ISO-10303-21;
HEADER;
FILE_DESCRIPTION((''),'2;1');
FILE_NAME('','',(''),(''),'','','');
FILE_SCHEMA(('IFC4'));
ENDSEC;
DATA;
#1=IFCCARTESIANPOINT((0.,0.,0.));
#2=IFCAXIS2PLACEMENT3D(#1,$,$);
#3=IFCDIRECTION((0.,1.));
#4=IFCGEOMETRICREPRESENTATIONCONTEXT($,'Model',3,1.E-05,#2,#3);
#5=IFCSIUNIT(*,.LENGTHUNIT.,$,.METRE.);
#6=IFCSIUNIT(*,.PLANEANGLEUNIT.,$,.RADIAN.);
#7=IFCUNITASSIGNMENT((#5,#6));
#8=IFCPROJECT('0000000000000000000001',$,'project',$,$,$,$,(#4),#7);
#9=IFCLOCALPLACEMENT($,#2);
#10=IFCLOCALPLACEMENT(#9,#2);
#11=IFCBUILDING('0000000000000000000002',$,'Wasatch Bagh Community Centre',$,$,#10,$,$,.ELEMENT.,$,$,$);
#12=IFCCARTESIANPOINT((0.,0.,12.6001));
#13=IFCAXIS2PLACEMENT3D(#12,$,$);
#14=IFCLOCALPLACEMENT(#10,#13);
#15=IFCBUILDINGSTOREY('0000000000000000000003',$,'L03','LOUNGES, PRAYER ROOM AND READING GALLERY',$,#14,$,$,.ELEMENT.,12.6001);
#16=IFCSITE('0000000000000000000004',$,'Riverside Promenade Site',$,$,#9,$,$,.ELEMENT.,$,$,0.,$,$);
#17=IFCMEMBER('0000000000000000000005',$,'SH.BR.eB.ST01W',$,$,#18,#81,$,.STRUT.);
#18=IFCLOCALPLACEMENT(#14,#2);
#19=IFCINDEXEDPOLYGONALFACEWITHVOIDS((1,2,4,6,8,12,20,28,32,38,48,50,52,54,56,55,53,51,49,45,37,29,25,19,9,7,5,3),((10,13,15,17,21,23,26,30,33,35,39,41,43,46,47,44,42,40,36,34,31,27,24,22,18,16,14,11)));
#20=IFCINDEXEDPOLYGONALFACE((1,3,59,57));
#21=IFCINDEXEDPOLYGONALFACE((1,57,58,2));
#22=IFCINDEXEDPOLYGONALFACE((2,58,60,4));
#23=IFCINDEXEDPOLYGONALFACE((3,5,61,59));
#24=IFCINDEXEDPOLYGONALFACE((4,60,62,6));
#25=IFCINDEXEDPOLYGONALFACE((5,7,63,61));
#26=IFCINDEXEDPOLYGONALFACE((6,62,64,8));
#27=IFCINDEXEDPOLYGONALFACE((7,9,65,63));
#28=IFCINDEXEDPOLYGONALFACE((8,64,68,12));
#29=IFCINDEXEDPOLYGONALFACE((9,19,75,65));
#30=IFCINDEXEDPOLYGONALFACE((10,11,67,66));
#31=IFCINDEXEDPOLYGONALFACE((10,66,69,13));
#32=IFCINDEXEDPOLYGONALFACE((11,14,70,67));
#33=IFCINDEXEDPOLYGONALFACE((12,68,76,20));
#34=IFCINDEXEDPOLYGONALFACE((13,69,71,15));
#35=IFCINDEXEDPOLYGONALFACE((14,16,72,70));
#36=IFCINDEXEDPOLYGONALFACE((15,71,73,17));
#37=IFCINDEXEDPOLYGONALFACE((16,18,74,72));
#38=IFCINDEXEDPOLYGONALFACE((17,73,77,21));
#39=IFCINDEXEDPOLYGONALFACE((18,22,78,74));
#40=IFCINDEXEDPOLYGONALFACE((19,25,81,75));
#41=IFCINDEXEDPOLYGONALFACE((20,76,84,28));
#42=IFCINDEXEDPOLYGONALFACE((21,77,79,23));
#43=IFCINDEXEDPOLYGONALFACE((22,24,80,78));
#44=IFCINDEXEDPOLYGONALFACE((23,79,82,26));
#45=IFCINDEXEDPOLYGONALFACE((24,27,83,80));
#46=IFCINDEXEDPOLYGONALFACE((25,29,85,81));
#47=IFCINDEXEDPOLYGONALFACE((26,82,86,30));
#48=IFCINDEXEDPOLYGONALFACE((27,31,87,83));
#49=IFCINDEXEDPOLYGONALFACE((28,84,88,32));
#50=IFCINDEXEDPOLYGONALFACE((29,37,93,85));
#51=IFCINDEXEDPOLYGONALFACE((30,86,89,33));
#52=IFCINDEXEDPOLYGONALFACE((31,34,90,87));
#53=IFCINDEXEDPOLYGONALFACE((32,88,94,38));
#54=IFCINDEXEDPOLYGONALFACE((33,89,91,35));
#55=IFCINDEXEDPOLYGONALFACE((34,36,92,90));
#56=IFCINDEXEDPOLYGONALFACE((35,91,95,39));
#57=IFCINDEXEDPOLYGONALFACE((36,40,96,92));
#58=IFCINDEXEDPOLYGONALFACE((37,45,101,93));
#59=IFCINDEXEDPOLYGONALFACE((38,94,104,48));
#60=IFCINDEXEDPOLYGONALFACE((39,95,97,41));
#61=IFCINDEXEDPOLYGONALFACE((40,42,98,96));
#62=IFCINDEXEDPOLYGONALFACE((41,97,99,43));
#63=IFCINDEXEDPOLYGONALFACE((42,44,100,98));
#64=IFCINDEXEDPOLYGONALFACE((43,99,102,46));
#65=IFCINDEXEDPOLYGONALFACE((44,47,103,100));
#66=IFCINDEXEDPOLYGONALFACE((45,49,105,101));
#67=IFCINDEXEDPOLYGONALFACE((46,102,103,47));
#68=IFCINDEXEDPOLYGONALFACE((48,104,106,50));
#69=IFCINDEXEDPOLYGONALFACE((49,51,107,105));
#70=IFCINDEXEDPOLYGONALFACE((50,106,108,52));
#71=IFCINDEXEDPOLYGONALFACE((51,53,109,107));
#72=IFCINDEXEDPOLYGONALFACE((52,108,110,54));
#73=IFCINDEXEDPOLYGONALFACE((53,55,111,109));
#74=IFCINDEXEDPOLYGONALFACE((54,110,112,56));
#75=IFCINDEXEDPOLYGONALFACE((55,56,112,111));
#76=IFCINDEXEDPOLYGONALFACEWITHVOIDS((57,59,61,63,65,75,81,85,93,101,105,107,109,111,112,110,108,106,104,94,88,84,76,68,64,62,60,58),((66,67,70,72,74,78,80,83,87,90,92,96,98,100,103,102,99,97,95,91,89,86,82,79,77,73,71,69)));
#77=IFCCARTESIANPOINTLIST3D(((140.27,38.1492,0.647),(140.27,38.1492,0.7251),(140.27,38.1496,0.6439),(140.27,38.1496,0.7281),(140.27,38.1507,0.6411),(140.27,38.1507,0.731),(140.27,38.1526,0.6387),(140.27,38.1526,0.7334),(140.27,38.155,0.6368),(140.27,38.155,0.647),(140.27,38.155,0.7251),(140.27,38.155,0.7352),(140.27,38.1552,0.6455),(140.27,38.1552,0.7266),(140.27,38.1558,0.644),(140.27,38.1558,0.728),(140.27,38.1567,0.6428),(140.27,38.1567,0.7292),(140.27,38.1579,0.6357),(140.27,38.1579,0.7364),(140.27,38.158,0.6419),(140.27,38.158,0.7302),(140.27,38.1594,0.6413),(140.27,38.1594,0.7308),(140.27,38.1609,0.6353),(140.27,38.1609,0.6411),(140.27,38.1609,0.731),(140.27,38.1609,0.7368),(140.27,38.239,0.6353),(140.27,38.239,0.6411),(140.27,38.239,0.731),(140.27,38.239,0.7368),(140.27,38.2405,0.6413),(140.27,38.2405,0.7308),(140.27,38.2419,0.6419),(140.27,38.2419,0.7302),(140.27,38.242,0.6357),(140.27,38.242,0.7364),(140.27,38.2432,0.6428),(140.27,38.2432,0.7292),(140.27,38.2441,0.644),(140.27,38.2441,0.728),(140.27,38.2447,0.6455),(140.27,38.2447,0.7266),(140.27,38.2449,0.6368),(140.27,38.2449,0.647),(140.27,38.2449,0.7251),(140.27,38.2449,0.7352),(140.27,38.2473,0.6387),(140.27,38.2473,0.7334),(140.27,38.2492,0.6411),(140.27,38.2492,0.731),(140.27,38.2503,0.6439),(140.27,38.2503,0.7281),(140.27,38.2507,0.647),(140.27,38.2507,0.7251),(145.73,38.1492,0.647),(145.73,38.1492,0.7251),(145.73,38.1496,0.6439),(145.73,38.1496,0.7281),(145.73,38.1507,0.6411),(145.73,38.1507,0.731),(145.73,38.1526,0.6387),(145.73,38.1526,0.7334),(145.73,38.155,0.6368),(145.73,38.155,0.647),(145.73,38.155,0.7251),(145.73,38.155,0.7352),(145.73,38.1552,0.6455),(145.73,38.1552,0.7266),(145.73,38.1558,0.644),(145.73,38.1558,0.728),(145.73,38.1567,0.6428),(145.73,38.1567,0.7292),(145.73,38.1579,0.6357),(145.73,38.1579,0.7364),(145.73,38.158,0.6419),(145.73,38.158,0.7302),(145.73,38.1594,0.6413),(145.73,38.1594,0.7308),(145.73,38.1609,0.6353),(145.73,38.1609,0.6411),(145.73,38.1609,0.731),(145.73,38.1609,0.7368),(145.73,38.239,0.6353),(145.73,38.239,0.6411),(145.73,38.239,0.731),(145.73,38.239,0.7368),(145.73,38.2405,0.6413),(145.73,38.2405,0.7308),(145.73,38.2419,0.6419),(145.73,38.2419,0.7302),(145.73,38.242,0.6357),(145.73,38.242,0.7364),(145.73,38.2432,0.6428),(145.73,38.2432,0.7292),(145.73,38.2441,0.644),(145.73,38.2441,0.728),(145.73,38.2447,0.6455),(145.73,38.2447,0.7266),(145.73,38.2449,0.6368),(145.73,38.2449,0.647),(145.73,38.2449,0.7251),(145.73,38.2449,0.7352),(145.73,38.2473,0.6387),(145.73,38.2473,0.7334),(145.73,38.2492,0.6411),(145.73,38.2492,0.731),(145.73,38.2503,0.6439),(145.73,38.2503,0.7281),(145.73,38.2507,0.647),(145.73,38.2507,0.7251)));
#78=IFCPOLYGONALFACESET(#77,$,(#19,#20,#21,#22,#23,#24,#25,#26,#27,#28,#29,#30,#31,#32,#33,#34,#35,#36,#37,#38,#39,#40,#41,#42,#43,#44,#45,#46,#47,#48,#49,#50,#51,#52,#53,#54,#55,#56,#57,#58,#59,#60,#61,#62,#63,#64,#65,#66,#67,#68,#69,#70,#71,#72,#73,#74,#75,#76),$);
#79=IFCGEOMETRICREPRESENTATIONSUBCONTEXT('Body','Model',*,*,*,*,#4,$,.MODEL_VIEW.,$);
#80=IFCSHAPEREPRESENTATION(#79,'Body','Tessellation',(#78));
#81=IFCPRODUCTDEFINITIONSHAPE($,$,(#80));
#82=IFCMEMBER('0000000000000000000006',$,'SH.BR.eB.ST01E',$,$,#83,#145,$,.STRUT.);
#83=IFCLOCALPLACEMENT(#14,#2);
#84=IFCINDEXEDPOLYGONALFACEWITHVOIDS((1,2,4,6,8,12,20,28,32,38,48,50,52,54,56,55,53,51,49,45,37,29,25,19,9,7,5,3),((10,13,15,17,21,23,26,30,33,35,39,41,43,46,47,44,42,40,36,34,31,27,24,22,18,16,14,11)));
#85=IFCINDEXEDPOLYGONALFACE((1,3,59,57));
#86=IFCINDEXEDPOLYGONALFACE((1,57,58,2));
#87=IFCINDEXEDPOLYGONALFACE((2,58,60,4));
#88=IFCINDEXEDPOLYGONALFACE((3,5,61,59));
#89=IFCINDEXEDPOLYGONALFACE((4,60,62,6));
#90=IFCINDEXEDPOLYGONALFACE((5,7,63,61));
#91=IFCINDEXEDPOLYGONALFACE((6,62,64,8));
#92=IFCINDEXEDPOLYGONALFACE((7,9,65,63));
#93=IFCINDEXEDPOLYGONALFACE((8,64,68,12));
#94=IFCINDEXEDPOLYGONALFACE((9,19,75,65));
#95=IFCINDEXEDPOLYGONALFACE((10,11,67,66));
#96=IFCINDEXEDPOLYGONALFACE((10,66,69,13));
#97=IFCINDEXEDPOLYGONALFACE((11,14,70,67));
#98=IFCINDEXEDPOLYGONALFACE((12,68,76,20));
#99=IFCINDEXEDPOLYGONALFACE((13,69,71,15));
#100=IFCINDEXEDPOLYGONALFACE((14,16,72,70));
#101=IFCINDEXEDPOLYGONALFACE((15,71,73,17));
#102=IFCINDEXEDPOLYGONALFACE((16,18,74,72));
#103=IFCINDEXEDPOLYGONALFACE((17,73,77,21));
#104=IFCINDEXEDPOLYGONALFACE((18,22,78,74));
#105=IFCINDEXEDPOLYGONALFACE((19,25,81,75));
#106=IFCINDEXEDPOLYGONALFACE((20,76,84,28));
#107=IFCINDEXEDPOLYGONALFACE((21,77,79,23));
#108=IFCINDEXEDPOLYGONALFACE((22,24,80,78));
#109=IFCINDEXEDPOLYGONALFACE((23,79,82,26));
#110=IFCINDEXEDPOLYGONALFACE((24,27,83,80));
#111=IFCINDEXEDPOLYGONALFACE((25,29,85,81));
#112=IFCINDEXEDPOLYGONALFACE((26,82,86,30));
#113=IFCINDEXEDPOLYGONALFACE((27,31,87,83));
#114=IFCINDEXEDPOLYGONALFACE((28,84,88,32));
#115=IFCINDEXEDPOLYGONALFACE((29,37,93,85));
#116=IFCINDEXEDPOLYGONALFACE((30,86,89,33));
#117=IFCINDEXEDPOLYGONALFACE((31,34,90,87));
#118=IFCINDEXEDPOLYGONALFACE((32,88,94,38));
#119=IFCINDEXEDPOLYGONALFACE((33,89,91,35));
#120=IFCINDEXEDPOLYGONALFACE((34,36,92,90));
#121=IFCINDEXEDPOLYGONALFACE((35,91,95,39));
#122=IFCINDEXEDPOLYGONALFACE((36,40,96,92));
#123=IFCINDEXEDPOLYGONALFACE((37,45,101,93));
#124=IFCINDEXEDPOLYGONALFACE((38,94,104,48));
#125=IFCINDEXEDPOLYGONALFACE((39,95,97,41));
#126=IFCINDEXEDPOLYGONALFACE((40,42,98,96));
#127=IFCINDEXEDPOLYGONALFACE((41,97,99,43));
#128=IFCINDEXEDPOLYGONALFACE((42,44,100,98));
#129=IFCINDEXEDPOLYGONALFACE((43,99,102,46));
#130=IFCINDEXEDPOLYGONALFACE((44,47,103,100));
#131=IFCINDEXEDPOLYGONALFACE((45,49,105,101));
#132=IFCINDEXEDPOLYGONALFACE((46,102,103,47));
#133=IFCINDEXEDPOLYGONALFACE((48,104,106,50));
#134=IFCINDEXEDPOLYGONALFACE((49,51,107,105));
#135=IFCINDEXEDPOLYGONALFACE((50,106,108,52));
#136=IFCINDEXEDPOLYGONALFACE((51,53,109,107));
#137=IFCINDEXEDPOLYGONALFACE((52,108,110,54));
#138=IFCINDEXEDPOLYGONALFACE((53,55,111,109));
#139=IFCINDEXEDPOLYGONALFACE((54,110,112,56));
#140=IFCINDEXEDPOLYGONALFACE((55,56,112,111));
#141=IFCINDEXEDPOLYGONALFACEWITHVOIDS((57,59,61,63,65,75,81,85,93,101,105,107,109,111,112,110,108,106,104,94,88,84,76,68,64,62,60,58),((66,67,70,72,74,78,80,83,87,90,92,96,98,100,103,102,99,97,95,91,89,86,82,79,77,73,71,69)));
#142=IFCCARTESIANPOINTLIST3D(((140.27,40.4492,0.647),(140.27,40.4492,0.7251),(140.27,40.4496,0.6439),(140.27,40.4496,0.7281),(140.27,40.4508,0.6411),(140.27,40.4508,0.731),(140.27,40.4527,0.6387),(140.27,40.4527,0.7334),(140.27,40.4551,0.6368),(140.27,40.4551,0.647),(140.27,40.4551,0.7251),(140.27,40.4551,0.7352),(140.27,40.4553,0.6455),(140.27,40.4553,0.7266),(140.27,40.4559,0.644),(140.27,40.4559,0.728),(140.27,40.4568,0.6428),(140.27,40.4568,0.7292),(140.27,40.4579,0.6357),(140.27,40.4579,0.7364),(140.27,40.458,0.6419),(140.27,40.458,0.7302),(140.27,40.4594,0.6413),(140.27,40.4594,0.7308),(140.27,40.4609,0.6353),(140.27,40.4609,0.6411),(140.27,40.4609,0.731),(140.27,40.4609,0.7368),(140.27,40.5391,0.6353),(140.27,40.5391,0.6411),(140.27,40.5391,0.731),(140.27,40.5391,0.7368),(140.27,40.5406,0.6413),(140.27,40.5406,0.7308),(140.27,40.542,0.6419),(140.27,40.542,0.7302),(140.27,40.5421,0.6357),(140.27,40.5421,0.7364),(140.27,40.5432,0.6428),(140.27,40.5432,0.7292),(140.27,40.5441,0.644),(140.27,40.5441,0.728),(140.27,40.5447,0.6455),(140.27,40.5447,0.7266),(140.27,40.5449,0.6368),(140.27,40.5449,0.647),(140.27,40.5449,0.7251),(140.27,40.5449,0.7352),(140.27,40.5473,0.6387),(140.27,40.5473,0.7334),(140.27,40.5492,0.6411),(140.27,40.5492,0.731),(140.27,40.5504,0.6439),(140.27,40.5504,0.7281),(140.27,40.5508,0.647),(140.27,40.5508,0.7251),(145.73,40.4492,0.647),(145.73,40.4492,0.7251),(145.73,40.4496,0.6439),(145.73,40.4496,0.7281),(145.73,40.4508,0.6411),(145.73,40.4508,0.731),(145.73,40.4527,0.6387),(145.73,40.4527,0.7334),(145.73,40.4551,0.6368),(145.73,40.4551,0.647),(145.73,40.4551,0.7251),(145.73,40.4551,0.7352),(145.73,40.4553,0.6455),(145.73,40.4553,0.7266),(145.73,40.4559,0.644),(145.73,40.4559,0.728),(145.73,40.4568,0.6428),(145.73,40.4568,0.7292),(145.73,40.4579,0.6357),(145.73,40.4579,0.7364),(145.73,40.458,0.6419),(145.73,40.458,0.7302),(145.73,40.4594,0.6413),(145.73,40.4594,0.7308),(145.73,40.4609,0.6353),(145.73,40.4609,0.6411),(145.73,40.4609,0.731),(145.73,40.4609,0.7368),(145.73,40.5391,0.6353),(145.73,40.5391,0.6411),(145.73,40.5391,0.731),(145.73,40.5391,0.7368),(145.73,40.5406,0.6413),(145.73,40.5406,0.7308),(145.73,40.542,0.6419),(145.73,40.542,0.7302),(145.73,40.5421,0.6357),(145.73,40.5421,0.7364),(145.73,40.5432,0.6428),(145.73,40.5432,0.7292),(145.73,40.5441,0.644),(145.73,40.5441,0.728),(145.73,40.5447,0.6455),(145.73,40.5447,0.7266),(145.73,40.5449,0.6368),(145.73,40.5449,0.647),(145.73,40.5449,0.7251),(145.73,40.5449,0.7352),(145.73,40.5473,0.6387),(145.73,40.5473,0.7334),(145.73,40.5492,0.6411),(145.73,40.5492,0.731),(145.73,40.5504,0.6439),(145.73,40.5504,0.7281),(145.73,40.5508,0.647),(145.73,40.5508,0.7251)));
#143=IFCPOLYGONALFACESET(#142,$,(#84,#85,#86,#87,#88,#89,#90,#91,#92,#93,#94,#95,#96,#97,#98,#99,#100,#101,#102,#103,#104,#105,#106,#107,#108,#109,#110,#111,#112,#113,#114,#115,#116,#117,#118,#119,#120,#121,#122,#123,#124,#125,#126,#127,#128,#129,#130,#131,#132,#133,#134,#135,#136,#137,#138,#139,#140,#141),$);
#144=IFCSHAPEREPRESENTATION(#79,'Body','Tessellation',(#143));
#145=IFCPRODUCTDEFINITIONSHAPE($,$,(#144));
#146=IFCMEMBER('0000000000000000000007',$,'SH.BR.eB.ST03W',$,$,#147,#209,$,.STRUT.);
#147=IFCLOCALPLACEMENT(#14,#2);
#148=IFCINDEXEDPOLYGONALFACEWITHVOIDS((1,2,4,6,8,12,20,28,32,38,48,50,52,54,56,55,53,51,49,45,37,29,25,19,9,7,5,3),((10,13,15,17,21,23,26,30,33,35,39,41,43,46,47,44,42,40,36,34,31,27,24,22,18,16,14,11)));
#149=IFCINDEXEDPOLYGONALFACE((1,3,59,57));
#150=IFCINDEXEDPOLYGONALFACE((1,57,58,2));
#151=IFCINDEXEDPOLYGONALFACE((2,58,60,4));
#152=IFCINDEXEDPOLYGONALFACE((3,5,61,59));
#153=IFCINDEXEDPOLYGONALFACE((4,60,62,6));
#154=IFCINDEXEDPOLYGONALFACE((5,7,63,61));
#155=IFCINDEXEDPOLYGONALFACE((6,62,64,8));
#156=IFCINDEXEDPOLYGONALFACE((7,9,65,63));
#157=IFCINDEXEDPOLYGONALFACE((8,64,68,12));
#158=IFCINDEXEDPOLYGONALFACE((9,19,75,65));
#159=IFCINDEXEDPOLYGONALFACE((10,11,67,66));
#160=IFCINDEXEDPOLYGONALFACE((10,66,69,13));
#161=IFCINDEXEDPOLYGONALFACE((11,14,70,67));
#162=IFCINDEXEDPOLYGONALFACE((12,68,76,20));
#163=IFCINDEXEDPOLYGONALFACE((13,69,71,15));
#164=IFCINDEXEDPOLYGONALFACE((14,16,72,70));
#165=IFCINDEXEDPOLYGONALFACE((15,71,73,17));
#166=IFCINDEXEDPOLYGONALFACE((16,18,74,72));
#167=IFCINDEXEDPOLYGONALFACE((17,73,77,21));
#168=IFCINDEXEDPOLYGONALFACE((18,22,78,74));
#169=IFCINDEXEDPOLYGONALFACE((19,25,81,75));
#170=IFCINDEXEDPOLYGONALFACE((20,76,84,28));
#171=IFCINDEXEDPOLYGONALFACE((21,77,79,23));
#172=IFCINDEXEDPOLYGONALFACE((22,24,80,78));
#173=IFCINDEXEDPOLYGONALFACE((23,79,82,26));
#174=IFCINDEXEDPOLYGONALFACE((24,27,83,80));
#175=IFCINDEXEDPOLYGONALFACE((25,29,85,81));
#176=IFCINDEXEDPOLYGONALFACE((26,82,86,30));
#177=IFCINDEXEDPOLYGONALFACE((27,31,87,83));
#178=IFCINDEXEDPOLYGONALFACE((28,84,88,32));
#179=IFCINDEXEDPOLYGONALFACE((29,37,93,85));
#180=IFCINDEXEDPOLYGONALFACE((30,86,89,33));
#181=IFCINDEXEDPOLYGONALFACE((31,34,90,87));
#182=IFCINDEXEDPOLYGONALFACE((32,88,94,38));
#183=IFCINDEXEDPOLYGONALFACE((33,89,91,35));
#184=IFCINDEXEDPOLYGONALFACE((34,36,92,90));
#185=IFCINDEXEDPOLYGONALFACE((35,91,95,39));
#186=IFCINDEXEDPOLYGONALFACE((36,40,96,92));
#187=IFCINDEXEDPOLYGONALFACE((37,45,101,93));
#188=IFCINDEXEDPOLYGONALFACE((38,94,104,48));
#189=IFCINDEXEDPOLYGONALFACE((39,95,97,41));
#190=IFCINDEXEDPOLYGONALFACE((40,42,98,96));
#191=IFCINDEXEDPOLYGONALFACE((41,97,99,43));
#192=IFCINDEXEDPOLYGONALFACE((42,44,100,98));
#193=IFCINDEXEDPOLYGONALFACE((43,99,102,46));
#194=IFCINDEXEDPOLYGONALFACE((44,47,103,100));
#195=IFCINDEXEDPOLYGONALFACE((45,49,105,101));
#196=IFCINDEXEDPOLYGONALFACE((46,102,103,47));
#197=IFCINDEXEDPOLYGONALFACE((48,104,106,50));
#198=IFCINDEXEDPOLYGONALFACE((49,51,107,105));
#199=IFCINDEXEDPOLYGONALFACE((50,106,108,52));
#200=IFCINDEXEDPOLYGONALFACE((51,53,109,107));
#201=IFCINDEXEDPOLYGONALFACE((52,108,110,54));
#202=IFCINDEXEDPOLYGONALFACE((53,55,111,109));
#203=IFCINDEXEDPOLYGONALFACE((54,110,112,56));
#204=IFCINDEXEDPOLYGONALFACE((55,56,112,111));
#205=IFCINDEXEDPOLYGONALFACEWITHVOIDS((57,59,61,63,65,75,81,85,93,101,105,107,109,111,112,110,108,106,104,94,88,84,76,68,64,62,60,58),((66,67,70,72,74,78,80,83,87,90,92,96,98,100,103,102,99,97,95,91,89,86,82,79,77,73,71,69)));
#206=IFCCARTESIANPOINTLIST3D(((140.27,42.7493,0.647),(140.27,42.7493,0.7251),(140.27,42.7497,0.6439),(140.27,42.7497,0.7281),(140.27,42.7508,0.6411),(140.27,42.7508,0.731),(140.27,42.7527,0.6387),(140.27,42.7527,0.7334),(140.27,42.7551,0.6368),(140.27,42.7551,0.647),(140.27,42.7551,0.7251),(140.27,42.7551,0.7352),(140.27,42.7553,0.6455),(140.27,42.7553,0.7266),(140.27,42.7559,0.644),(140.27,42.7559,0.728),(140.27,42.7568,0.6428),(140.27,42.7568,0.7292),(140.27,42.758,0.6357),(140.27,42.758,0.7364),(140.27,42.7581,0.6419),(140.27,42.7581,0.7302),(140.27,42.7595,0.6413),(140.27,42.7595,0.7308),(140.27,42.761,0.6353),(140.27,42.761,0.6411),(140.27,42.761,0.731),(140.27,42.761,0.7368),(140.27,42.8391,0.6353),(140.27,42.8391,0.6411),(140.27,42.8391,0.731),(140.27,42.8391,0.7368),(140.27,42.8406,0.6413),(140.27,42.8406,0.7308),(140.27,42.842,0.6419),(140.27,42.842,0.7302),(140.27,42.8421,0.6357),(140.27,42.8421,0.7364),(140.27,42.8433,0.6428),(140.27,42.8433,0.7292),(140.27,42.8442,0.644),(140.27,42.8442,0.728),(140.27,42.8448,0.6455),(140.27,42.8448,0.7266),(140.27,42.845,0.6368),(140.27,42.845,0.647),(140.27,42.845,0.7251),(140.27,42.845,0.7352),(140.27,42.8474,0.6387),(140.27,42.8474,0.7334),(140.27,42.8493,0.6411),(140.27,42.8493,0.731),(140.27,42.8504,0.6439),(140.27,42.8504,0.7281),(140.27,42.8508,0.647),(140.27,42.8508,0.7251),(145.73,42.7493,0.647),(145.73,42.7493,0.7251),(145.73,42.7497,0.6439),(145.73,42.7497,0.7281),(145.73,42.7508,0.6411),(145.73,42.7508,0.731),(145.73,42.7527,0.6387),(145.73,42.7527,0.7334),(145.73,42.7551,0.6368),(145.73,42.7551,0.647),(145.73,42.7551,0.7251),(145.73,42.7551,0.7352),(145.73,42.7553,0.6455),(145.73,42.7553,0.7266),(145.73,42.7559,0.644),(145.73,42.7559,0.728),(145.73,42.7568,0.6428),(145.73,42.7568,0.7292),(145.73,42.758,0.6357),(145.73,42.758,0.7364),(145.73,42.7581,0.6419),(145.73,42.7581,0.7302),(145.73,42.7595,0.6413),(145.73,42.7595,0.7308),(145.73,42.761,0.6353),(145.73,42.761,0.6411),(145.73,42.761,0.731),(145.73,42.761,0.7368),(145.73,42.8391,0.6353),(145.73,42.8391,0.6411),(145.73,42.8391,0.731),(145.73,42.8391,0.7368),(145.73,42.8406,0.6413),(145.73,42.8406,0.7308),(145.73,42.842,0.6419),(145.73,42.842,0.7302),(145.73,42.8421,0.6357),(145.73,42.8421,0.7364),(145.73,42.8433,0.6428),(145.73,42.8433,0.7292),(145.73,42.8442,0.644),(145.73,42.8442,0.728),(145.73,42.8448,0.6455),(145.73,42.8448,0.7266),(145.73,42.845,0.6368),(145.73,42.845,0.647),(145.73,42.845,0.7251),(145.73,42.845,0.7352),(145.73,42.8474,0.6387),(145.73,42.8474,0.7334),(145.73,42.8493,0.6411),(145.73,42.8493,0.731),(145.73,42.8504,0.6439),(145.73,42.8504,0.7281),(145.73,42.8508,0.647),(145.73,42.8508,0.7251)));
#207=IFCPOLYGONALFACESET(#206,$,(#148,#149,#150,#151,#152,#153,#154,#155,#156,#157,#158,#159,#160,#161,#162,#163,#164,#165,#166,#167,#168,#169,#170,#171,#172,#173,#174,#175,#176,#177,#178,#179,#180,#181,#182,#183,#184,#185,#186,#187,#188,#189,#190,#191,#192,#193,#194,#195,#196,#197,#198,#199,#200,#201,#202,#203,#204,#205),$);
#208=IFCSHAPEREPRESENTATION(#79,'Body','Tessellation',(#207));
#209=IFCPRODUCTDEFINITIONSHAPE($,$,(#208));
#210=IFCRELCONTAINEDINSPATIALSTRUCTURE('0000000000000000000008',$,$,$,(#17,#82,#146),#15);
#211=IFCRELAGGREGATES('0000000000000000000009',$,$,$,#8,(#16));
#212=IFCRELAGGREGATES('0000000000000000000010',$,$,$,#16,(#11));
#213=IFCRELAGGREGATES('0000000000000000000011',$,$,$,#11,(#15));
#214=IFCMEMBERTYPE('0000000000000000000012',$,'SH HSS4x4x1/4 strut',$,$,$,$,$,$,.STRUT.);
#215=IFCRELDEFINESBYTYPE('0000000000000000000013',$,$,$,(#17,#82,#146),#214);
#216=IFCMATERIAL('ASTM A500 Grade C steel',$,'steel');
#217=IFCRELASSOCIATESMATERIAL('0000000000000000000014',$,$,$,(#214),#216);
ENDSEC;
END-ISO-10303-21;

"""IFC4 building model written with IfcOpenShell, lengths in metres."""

from ifc_helpers import new_model, si_unit, direction, frame, origin, origin_2d, place, context, subcontext, project, spatial, hollow_rectangle, extrude, material, material_profile, profile_set, type_object, element, save


model = new_model("IFC4")

# Units and contexts
model_context = context("Model", 3, precision=1e-05, world=origin(), true_north=direction((0.0, 1.0)))
body_context = subcontext(model_context, "Body", "Model", "MODEL_VIEW")
ifc_project = project(units=[si_unit("LENGTHUNIT", "METRE"), si_unit("PLANEANGLEUNIT", "RADIAN")], contexts=[model_context])

# Site, building, storey
site_placement = place(None, origin())
site = spatial("IfcSite", under=ifc_project, at=site_placement, Name="Riverside Promenade Site", CompositionType="ELEMENT", RefElevation=0.0)
building_placement = place(site_placement, origin())
building = spatial("IfcBuilding", under=site, at=building_placement, Name="Wasatch Bagh Community Centre", CompositionType="ELEMENT")
storey_placement = place(building_placement, frame((0.0, 0.0, 12.6001)))
storey = spatial("IfcBuildingStorey", under=building, at=storey_placement, Name="L03", Description="LOUNGES, PRAYER ROOM AND READING GALLERY", CompositionType="ELEMENT", Elevation=12.6001)

# Members
ifc_material_1 = material(Name="ASTM A500 Grade C steel", Category="steel")
ifc_material_profile_1 = material_profile(ifc_material_1, hollow_rectangle(XDim=0.1016, YDim=0.1016, WallThickness=0.0059, InnerFilletRadius=0.0059, OuterFilletRadius=0.0117, at=origin_2d()), Name="HSS4x4x1/4")
ifc_profile_set_1 = profile_set([ifc_material_profile_1], Name="ASTM A500 Grade C steel")
member_type_1 = type_object("IfcMemberType", Name="SH HSS4x4x1/4 strut", PredefinedType="STRUT", material=ifc_profile_set_1)
for number, where, z_axis, x_axis, name in (
    (1, (140.27, 38.2, 0.686), (1.0, 0.0, 0.0), (0.0, 1.0, 0.0), "SH.BR.eB.ST01W"),
    (2, (140.27, 40.5, 0.686), (1.0, 0.0, 0.0), (0.0, 1.0, 0.0), "SH.BR.eB.ST01E"),
    (3, (140.27, 42.8, 0.686), (1.0, 0.0, 0.0), (0.0, 1.0, 0.0), "SH.BR.eB.ST03W"),
):
    element("IfcMember", number, at=place(storey_placement, frame(where, z_axis=z_axis, x_axis=x_axis)), inside=storey, type_object=member_type_1, Name=name, PredefinedType="STRUT", context=body_context, shape_type="SweptSolid", body=[
        extrude(hollow_rectangle(XDim=0.1016, YDim=0.1016, WallThickness=0.0059, InnerFilletRadius=0.0059, OuterFilletRadius=0.0117, at=origin_2d()), origin(), (0.0, 0.0, 1.0), 5.46),
    ])

save(model, "model.ifc")
